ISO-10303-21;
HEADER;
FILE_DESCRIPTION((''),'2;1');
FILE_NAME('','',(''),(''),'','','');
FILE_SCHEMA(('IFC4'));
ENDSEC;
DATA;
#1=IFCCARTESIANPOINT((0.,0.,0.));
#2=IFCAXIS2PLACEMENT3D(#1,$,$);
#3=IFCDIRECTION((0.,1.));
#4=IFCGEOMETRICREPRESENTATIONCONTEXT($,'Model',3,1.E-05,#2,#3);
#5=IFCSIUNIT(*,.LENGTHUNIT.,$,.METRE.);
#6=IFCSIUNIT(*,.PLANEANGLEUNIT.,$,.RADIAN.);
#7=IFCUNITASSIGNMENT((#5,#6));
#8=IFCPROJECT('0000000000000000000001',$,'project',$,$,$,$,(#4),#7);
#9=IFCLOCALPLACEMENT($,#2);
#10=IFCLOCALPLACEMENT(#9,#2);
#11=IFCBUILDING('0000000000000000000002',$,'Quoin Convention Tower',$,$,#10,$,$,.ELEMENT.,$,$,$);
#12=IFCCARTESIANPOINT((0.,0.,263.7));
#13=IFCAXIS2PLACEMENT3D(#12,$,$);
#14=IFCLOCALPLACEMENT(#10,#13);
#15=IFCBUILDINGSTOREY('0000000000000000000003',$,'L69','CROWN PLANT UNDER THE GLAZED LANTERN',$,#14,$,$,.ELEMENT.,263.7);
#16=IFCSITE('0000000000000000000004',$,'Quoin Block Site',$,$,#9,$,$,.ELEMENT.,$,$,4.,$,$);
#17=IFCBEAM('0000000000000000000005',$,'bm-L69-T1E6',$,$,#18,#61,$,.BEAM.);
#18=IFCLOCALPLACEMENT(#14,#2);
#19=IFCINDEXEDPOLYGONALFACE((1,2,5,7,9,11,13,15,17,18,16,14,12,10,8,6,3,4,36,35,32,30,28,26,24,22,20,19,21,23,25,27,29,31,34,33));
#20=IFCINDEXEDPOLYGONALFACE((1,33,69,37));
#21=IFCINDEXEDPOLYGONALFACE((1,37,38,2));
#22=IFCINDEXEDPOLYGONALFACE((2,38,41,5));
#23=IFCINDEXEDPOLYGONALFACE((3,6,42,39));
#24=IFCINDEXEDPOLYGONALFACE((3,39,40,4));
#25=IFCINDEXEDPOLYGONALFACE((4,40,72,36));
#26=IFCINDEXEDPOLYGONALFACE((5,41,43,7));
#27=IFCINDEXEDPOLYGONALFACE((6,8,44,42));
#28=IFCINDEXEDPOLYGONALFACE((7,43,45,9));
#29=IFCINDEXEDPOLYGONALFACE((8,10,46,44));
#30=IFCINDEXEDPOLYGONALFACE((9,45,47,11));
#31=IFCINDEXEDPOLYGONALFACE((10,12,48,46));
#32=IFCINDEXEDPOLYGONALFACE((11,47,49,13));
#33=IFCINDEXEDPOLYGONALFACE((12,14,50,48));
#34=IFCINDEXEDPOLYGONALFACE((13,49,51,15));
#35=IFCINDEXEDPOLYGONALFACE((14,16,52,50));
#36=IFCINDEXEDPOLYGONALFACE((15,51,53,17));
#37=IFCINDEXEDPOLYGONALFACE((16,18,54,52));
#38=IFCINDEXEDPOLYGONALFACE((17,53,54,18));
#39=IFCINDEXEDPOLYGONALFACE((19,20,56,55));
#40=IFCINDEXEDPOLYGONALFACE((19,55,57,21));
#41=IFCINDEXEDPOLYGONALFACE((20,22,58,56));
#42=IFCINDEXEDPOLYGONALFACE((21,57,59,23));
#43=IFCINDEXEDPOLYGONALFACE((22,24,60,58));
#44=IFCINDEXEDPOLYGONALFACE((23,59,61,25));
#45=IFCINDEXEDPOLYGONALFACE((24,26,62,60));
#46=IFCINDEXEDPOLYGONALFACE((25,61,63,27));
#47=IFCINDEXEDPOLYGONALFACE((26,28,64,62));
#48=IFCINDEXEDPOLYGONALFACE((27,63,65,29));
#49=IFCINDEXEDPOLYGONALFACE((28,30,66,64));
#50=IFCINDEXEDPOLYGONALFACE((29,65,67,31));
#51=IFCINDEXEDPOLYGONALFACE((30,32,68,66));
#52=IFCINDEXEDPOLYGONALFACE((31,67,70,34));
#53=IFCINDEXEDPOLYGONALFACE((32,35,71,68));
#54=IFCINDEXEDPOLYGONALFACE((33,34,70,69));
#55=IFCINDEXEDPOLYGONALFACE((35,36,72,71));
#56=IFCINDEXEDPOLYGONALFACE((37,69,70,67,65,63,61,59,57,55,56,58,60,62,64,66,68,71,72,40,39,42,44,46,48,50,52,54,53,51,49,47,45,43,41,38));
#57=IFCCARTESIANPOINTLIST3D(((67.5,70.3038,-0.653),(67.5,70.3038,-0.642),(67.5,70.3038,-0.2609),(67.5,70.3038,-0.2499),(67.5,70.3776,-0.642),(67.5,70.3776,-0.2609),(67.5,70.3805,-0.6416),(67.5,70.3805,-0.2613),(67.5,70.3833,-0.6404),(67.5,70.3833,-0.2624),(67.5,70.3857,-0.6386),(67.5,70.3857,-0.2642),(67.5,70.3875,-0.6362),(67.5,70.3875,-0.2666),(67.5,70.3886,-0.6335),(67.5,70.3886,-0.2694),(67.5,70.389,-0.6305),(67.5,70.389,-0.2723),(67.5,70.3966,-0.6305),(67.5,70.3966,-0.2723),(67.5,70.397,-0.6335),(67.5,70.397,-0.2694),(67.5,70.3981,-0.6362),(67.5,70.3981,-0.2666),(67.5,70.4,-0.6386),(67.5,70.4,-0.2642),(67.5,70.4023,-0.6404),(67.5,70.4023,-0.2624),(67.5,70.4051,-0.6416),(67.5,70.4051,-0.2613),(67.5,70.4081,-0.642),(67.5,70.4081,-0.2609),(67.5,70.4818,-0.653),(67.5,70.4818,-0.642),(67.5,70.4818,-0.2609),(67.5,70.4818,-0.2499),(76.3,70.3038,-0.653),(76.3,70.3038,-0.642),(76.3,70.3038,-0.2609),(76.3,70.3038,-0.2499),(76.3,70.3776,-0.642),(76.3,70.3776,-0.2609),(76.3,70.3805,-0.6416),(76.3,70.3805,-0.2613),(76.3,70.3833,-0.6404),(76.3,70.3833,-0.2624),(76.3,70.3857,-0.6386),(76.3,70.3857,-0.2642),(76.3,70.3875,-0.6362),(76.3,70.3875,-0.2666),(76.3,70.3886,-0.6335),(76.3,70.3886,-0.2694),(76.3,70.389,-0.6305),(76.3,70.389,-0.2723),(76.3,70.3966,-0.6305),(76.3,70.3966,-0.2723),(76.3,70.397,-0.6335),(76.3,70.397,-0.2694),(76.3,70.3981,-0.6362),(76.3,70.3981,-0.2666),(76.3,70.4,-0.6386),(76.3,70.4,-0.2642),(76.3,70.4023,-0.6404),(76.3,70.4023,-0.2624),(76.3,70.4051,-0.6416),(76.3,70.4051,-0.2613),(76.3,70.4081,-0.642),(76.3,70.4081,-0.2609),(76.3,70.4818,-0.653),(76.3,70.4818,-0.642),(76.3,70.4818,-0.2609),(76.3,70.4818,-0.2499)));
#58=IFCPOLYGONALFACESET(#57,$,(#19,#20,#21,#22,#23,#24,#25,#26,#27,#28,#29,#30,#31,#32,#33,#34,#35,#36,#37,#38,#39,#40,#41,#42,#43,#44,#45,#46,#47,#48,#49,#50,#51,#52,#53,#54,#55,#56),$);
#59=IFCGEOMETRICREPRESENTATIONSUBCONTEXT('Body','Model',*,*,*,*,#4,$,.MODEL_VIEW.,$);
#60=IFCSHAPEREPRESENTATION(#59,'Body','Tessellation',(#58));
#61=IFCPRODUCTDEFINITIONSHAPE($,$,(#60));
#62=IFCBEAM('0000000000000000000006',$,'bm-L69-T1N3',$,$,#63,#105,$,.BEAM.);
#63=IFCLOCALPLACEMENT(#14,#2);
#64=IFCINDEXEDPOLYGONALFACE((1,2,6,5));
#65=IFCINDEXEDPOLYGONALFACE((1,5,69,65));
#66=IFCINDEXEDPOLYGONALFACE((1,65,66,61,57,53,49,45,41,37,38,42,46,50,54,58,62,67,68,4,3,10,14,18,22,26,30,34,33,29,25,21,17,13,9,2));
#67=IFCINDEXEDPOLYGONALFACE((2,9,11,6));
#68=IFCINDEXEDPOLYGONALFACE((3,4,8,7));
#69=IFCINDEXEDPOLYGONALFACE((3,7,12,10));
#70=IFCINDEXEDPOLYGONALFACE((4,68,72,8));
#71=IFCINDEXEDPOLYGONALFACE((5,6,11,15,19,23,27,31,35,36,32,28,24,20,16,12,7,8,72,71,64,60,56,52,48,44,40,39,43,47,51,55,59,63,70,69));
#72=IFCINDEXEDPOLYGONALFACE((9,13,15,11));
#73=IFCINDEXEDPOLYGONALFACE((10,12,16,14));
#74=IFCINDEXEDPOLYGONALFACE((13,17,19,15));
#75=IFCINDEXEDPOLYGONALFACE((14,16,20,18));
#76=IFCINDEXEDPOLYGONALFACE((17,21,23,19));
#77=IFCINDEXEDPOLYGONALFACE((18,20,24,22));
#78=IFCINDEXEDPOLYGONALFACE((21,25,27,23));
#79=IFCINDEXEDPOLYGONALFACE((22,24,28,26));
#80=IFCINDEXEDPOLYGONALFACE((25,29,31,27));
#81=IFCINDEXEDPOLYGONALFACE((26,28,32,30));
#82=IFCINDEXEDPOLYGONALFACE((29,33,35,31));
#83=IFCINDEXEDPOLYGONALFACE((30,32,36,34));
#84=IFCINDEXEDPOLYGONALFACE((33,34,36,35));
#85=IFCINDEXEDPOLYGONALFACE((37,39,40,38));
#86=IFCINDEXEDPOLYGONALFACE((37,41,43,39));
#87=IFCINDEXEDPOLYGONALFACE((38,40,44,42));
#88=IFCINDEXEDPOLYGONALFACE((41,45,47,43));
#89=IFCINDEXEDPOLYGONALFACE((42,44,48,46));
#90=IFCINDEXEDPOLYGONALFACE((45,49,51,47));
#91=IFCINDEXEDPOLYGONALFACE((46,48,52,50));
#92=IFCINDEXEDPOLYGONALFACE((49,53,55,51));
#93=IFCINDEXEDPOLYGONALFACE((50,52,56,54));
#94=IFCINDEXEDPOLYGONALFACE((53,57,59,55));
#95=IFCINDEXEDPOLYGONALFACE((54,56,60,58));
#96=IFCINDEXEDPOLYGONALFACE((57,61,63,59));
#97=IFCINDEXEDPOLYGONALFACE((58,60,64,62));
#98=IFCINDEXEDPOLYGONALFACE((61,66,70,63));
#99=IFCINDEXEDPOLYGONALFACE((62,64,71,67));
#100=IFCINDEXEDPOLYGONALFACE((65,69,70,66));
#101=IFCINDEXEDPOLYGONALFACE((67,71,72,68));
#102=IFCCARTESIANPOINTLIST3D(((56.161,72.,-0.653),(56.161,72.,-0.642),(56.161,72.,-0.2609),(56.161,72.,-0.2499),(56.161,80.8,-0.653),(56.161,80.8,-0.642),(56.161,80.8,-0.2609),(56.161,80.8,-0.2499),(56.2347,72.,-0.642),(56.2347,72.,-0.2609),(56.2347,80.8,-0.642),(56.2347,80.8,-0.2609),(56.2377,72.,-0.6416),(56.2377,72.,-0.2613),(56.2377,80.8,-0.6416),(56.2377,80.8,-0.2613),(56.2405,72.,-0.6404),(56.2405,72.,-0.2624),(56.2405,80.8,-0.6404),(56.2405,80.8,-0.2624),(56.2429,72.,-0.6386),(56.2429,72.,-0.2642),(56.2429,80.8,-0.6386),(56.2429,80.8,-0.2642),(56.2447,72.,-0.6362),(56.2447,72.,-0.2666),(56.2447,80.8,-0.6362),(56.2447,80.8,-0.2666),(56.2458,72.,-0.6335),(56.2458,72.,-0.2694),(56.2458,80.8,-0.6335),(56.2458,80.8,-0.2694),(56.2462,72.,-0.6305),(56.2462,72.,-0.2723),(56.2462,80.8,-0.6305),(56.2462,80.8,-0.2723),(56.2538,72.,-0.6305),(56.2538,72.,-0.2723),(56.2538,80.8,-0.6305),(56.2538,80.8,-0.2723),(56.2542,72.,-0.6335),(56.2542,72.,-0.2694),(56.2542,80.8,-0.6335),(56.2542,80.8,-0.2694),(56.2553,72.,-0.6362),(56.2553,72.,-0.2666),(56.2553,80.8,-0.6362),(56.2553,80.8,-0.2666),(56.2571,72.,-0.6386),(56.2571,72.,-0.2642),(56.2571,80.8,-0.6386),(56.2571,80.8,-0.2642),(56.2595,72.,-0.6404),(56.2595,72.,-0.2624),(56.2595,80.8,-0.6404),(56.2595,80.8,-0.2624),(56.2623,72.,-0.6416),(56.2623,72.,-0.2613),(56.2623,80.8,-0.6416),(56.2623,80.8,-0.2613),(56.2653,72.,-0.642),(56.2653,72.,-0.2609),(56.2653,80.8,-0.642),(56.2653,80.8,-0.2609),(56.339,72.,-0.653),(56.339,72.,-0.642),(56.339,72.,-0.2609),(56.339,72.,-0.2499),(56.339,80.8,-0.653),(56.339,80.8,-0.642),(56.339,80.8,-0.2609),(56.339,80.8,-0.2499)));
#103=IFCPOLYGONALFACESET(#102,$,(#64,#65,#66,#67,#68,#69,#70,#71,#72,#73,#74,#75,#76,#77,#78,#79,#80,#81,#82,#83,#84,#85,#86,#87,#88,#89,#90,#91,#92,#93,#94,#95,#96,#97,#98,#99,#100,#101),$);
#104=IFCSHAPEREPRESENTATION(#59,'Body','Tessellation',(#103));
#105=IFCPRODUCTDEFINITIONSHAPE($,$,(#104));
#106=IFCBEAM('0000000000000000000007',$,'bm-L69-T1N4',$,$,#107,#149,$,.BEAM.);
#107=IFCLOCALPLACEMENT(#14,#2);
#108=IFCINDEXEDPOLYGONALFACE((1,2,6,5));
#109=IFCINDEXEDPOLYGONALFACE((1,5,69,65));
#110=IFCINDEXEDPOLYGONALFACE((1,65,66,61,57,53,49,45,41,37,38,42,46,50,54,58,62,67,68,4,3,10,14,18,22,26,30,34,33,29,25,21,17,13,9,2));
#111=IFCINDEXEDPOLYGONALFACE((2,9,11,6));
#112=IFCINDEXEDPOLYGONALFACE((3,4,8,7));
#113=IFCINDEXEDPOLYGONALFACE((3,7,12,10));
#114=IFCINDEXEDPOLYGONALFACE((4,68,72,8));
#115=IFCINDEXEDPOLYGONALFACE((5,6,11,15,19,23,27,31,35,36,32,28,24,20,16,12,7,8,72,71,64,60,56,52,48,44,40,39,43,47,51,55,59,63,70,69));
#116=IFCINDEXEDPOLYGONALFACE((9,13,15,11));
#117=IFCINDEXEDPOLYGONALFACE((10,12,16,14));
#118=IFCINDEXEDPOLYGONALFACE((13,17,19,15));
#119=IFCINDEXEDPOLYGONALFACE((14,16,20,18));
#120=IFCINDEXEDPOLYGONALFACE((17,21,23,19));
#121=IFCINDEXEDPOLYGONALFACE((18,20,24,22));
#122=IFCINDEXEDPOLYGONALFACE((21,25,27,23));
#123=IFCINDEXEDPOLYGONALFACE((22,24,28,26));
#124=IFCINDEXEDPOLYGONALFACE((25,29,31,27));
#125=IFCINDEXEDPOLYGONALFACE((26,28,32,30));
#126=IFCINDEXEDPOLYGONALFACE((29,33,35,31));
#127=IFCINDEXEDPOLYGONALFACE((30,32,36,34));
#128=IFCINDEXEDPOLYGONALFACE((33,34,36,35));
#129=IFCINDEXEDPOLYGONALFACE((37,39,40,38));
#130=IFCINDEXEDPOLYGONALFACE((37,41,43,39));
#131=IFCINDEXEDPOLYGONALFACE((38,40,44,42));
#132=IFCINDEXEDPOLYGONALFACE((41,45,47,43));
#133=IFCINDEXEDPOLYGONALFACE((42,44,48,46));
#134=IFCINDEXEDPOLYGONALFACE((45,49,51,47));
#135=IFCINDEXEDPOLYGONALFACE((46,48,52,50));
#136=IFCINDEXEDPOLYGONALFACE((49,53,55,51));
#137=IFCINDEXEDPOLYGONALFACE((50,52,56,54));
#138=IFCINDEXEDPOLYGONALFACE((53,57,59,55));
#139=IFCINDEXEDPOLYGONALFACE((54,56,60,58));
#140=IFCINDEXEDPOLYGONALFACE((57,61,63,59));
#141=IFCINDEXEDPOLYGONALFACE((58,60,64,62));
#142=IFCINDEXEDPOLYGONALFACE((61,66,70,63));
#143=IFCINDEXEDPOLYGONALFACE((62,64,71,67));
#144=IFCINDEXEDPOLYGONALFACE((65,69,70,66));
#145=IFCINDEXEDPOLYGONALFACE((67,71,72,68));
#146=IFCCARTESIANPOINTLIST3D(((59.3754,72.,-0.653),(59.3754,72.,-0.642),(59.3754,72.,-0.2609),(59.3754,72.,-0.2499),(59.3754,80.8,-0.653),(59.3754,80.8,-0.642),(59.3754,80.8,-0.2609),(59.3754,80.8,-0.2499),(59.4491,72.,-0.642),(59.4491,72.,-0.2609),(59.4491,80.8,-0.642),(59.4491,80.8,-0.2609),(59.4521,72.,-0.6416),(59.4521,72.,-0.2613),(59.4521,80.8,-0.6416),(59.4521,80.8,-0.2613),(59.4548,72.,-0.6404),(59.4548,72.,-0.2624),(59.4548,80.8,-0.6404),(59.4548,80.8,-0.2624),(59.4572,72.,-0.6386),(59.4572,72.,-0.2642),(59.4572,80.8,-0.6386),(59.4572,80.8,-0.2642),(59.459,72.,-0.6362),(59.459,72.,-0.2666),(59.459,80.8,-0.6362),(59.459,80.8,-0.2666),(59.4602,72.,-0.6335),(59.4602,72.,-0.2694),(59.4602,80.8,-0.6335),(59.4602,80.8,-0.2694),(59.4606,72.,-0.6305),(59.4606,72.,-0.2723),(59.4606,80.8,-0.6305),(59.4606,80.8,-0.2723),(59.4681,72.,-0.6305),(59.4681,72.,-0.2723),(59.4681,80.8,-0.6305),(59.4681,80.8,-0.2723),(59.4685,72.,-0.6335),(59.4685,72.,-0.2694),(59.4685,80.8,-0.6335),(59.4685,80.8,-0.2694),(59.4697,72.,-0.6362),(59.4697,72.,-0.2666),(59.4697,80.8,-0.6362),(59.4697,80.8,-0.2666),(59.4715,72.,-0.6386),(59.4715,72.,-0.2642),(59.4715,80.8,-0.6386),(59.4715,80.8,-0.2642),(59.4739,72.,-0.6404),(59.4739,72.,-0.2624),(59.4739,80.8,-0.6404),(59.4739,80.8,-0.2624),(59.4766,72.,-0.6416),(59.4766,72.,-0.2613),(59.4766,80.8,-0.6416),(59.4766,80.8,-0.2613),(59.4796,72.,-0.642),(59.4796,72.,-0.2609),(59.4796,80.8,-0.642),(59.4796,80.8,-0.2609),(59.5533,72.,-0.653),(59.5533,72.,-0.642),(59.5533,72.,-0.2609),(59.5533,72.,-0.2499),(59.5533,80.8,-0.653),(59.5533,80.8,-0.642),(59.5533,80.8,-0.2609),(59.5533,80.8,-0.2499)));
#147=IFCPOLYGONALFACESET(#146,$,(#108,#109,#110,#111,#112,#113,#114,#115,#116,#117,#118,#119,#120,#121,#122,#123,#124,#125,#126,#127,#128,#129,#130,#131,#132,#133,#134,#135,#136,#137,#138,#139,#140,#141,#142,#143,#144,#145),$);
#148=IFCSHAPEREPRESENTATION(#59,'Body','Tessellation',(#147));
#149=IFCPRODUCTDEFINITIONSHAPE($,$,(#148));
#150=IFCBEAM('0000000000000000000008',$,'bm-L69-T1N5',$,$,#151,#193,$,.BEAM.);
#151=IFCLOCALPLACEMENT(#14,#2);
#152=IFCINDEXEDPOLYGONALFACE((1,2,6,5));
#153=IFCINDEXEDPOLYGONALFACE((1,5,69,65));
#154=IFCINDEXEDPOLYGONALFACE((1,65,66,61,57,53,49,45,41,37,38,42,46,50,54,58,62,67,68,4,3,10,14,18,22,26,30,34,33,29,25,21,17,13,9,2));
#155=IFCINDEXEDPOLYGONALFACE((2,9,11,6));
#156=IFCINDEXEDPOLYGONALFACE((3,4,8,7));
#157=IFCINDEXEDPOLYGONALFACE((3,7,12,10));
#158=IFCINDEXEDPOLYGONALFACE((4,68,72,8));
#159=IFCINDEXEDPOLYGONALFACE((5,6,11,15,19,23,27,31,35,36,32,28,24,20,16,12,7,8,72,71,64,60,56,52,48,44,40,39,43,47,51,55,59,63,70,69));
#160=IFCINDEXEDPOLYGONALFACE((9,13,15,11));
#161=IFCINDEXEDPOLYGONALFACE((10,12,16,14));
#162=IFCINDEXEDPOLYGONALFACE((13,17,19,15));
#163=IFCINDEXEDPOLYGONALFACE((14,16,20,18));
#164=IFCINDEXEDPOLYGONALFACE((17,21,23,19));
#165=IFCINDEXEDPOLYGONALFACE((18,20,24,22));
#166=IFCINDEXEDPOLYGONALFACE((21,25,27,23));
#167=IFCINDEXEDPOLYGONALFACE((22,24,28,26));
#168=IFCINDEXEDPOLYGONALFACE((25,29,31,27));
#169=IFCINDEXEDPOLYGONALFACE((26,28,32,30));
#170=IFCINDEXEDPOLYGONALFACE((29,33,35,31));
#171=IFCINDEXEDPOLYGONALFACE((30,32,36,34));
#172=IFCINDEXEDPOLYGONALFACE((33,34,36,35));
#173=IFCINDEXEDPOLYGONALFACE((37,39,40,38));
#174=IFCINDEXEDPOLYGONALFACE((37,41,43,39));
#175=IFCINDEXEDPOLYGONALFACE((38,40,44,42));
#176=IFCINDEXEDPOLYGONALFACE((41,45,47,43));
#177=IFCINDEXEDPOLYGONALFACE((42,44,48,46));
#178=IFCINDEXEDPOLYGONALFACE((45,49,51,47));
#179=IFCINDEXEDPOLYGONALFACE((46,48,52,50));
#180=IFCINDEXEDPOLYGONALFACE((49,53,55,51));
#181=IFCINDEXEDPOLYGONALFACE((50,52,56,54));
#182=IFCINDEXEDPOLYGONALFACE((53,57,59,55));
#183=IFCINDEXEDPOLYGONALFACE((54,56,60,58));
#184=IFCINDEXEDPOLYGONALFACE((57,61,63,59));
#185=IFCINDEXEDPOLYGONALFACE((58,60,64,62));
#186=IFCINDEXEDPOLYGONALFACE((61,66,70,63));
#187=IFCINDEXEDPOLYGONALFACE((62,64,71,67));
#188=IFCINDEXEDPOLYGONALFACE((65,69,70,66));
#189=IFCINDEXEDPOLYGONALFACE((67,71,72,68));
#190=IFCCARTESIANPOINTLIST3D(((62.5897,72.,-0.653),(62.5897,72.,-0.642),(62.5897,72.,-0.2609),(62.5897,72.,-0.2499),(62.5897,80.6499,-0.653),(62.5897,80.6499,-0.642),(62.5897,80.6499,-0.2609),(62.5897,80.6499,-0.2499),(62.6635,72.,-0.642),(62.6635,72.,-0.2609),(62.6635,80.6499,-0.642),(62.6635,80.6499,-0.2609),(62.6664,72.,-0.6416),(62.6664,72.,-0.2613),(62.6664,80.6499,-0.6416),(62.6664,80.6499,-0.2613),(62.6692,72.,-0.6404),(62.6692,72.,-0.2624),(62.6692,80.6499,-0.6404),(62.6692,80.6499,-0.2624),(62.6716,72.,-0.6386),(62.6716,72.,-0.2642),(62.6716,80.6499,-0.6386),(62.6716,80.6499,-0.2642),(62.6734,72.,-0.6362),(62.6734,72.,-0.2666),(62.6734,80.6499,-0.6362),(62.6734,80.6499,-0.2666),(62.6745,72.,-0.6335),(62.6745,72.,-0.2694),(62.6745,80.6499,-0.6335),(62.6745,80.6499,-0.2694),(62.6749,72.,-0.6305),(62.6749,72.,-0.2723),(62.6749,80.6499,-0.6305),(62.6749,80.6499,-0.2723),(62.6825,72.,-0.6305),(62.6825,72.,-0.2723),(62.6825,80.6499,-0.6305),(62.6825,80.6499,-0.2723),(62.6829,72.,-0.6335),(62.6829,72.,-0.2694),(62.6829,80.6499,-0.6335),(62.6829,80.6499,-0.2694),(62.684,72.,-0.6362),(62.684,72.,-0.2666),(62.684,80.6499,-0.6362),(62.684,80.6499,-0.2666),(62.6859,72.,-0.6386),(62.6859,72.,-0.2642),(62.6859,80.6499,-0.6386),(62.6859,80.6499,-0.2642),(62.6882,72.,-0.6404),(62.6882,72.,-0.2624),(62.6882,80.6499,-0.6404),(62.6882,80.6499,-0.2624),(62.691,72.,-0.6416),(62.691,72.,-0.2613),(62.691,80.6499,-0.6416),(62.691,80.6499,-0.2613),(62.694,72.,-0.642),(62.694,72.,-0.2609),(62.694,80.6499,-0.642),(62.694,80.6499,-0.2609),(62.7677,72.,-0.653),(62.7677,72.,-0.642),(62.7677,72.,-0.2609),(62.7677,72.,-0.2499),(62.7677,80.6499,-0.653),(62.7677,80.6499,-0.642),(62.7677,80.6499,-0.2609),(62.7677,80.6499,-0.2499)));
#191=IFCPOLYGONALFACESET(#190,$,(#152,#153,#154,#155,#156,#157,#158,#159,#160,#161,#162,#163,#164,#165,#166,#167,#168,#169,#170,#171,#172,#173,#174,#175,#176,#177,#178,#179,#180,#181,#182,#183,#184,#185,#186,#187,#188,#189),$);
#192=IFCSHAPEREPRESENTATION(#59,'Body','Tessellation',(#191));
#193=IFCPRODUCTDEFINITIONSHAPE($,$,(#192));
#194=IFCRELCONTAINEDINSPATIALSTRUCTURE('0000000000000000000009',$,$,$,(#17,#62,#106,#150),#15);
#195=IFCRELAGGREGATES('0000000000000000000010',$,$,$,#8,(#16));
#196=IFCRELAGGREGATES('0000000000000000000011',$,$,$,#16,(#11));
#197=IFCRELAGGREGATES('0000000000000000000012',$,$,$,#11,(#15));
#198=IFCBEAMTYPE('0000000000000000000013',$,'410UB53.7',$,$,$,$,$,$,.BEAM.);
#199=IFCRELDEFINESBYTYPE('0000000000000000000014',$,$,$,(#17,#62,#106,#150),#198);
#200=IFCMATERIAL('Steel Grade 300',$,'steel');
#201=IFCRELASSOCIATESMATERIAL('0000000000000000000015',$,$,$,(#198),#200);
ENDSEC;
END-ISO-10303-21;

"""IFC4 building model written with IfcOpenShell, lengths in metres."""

from ifc_helpers import new_model, si_unit, direction, frame, origin, origin_2d, place, context, subcontext, project, spatial, i_section, extrude, material, material_profile, profile_set, type_object, element, save


model = new_model("IFC4")

# Units and contexts
model_context = context("Model", 3, precision=1e-05, world=origin(), true_north=direction((0.0, 1.0)))
body_context = subcontext(model_context, "Body", "Model", "MODEL_VIEW")
ifc_project = project(units=[si_unit("LENGTHUNIT", "METRE"), si_unit("PLANEANGLEUNIT", "RADIAN")], contexts=[model_context])

# Site, building, storey
site_placement = place(None, origin())
site = spatial("IfcSite", under=ifc_project, at=site_placement, Name="Quoin Block Site", CompositionType="ELEMENT", RefElevation=4.0)
building_placement = place(site_placement, origin())
building = spatial("IfcBuilding", under=site, at=building_placement, Name="Quoin Convention Tower", CompositionType="ELEMENT")
storey_placement = place(building_placement, frame((0.0, 0.0, 263.7)))
storey = spatial("IfcBuildingStorey", under=building, at=storey_placement, Name="L69", Description="CROWN PLANT UNDER THE GLAZED LANTERN", CompositionType="ELEMENT", Elevation=263.7)

# Beams
ifc_material_1 = material(Name="Steel Grade 300", Category="steel")
ifc_material_profile_1 = material_profile(ifc_material_1, i_section(OverallWidth=0.178, OverallDepth=0.4031, WebThickness=0.0076, FlangeThickness=0.011, FilletRadius=0.0115, at=origin_2d()), Name="410UB53.7")
ifc_profile_set_1 = profile_set([ifc_material_profile_1], Name="Steel Grade 300")
beam_type_1 = type_object("IfcBeamType", Name="410UB53.7", PredefinedType="BEAM", material=ifc_profile_set_1)
for number, where, z_axis, x_axis, name in (
    (1, (67.5, 70.3928, -0.4514), (1.0, 0.0, 0.0), (0.0, 1.0, 0.0), "bm-L69-T1E6"),
    (2, (56.25, 72.0, -0.4514), (0.0, 1.0, 0.0), (-1.0, 0.0, 0.0), "bm-L69-T1N3"),
    (3, (59.4644, 72.0, -0.4514), (0.0, 1.0, 0.0), (-1.0, 0.0, 0.0), "bm-L69-T1N4"),
):
    element("IfcBeam", number, at=place(storey_placement, frame(where, z_axis=z_axis, x_axis=x_axis)), inside=storey, type_object=beam_type_1, Name=name, PredefinedType="BEAM", context=body_context, shape_type="SweptSolid", body=[
        extrude(i_section(OverallWidth=0.178, OverallDepth=0.4031, WebThickness=0.0076, FlangeThickness=0.011, FilletRadius=0.0115, at=origin_2d()), origin(), (0.0, 0.0, 1.0), 8.8),
    ])
beam_1_placement = place(storey_placement, frame((62.6787, 72.0, -0.4514), z_axis=(0.0, 1.0, 0.0), x_axis=(-1.0, 0.0, 0.0)))
element("IfcBeam", 4, at=beam_1_placement, inside=storey, type_object=beam_type_1, Name="bm-L69-T1N5", PredefinedType="BEAM", context=body_context, shape_type="SweptSolid", body=[
    extrude(i_section(OverallWidth=0.178, OverallDepth=0.4031, WebThickness=0.0076, FlangeThickness=0.011, FilletRadius=0.0115, at=origin_2d()), origin(), (0.0, 0.0, 1.0), 8.6499),
])

save(model, "model.ifc")
